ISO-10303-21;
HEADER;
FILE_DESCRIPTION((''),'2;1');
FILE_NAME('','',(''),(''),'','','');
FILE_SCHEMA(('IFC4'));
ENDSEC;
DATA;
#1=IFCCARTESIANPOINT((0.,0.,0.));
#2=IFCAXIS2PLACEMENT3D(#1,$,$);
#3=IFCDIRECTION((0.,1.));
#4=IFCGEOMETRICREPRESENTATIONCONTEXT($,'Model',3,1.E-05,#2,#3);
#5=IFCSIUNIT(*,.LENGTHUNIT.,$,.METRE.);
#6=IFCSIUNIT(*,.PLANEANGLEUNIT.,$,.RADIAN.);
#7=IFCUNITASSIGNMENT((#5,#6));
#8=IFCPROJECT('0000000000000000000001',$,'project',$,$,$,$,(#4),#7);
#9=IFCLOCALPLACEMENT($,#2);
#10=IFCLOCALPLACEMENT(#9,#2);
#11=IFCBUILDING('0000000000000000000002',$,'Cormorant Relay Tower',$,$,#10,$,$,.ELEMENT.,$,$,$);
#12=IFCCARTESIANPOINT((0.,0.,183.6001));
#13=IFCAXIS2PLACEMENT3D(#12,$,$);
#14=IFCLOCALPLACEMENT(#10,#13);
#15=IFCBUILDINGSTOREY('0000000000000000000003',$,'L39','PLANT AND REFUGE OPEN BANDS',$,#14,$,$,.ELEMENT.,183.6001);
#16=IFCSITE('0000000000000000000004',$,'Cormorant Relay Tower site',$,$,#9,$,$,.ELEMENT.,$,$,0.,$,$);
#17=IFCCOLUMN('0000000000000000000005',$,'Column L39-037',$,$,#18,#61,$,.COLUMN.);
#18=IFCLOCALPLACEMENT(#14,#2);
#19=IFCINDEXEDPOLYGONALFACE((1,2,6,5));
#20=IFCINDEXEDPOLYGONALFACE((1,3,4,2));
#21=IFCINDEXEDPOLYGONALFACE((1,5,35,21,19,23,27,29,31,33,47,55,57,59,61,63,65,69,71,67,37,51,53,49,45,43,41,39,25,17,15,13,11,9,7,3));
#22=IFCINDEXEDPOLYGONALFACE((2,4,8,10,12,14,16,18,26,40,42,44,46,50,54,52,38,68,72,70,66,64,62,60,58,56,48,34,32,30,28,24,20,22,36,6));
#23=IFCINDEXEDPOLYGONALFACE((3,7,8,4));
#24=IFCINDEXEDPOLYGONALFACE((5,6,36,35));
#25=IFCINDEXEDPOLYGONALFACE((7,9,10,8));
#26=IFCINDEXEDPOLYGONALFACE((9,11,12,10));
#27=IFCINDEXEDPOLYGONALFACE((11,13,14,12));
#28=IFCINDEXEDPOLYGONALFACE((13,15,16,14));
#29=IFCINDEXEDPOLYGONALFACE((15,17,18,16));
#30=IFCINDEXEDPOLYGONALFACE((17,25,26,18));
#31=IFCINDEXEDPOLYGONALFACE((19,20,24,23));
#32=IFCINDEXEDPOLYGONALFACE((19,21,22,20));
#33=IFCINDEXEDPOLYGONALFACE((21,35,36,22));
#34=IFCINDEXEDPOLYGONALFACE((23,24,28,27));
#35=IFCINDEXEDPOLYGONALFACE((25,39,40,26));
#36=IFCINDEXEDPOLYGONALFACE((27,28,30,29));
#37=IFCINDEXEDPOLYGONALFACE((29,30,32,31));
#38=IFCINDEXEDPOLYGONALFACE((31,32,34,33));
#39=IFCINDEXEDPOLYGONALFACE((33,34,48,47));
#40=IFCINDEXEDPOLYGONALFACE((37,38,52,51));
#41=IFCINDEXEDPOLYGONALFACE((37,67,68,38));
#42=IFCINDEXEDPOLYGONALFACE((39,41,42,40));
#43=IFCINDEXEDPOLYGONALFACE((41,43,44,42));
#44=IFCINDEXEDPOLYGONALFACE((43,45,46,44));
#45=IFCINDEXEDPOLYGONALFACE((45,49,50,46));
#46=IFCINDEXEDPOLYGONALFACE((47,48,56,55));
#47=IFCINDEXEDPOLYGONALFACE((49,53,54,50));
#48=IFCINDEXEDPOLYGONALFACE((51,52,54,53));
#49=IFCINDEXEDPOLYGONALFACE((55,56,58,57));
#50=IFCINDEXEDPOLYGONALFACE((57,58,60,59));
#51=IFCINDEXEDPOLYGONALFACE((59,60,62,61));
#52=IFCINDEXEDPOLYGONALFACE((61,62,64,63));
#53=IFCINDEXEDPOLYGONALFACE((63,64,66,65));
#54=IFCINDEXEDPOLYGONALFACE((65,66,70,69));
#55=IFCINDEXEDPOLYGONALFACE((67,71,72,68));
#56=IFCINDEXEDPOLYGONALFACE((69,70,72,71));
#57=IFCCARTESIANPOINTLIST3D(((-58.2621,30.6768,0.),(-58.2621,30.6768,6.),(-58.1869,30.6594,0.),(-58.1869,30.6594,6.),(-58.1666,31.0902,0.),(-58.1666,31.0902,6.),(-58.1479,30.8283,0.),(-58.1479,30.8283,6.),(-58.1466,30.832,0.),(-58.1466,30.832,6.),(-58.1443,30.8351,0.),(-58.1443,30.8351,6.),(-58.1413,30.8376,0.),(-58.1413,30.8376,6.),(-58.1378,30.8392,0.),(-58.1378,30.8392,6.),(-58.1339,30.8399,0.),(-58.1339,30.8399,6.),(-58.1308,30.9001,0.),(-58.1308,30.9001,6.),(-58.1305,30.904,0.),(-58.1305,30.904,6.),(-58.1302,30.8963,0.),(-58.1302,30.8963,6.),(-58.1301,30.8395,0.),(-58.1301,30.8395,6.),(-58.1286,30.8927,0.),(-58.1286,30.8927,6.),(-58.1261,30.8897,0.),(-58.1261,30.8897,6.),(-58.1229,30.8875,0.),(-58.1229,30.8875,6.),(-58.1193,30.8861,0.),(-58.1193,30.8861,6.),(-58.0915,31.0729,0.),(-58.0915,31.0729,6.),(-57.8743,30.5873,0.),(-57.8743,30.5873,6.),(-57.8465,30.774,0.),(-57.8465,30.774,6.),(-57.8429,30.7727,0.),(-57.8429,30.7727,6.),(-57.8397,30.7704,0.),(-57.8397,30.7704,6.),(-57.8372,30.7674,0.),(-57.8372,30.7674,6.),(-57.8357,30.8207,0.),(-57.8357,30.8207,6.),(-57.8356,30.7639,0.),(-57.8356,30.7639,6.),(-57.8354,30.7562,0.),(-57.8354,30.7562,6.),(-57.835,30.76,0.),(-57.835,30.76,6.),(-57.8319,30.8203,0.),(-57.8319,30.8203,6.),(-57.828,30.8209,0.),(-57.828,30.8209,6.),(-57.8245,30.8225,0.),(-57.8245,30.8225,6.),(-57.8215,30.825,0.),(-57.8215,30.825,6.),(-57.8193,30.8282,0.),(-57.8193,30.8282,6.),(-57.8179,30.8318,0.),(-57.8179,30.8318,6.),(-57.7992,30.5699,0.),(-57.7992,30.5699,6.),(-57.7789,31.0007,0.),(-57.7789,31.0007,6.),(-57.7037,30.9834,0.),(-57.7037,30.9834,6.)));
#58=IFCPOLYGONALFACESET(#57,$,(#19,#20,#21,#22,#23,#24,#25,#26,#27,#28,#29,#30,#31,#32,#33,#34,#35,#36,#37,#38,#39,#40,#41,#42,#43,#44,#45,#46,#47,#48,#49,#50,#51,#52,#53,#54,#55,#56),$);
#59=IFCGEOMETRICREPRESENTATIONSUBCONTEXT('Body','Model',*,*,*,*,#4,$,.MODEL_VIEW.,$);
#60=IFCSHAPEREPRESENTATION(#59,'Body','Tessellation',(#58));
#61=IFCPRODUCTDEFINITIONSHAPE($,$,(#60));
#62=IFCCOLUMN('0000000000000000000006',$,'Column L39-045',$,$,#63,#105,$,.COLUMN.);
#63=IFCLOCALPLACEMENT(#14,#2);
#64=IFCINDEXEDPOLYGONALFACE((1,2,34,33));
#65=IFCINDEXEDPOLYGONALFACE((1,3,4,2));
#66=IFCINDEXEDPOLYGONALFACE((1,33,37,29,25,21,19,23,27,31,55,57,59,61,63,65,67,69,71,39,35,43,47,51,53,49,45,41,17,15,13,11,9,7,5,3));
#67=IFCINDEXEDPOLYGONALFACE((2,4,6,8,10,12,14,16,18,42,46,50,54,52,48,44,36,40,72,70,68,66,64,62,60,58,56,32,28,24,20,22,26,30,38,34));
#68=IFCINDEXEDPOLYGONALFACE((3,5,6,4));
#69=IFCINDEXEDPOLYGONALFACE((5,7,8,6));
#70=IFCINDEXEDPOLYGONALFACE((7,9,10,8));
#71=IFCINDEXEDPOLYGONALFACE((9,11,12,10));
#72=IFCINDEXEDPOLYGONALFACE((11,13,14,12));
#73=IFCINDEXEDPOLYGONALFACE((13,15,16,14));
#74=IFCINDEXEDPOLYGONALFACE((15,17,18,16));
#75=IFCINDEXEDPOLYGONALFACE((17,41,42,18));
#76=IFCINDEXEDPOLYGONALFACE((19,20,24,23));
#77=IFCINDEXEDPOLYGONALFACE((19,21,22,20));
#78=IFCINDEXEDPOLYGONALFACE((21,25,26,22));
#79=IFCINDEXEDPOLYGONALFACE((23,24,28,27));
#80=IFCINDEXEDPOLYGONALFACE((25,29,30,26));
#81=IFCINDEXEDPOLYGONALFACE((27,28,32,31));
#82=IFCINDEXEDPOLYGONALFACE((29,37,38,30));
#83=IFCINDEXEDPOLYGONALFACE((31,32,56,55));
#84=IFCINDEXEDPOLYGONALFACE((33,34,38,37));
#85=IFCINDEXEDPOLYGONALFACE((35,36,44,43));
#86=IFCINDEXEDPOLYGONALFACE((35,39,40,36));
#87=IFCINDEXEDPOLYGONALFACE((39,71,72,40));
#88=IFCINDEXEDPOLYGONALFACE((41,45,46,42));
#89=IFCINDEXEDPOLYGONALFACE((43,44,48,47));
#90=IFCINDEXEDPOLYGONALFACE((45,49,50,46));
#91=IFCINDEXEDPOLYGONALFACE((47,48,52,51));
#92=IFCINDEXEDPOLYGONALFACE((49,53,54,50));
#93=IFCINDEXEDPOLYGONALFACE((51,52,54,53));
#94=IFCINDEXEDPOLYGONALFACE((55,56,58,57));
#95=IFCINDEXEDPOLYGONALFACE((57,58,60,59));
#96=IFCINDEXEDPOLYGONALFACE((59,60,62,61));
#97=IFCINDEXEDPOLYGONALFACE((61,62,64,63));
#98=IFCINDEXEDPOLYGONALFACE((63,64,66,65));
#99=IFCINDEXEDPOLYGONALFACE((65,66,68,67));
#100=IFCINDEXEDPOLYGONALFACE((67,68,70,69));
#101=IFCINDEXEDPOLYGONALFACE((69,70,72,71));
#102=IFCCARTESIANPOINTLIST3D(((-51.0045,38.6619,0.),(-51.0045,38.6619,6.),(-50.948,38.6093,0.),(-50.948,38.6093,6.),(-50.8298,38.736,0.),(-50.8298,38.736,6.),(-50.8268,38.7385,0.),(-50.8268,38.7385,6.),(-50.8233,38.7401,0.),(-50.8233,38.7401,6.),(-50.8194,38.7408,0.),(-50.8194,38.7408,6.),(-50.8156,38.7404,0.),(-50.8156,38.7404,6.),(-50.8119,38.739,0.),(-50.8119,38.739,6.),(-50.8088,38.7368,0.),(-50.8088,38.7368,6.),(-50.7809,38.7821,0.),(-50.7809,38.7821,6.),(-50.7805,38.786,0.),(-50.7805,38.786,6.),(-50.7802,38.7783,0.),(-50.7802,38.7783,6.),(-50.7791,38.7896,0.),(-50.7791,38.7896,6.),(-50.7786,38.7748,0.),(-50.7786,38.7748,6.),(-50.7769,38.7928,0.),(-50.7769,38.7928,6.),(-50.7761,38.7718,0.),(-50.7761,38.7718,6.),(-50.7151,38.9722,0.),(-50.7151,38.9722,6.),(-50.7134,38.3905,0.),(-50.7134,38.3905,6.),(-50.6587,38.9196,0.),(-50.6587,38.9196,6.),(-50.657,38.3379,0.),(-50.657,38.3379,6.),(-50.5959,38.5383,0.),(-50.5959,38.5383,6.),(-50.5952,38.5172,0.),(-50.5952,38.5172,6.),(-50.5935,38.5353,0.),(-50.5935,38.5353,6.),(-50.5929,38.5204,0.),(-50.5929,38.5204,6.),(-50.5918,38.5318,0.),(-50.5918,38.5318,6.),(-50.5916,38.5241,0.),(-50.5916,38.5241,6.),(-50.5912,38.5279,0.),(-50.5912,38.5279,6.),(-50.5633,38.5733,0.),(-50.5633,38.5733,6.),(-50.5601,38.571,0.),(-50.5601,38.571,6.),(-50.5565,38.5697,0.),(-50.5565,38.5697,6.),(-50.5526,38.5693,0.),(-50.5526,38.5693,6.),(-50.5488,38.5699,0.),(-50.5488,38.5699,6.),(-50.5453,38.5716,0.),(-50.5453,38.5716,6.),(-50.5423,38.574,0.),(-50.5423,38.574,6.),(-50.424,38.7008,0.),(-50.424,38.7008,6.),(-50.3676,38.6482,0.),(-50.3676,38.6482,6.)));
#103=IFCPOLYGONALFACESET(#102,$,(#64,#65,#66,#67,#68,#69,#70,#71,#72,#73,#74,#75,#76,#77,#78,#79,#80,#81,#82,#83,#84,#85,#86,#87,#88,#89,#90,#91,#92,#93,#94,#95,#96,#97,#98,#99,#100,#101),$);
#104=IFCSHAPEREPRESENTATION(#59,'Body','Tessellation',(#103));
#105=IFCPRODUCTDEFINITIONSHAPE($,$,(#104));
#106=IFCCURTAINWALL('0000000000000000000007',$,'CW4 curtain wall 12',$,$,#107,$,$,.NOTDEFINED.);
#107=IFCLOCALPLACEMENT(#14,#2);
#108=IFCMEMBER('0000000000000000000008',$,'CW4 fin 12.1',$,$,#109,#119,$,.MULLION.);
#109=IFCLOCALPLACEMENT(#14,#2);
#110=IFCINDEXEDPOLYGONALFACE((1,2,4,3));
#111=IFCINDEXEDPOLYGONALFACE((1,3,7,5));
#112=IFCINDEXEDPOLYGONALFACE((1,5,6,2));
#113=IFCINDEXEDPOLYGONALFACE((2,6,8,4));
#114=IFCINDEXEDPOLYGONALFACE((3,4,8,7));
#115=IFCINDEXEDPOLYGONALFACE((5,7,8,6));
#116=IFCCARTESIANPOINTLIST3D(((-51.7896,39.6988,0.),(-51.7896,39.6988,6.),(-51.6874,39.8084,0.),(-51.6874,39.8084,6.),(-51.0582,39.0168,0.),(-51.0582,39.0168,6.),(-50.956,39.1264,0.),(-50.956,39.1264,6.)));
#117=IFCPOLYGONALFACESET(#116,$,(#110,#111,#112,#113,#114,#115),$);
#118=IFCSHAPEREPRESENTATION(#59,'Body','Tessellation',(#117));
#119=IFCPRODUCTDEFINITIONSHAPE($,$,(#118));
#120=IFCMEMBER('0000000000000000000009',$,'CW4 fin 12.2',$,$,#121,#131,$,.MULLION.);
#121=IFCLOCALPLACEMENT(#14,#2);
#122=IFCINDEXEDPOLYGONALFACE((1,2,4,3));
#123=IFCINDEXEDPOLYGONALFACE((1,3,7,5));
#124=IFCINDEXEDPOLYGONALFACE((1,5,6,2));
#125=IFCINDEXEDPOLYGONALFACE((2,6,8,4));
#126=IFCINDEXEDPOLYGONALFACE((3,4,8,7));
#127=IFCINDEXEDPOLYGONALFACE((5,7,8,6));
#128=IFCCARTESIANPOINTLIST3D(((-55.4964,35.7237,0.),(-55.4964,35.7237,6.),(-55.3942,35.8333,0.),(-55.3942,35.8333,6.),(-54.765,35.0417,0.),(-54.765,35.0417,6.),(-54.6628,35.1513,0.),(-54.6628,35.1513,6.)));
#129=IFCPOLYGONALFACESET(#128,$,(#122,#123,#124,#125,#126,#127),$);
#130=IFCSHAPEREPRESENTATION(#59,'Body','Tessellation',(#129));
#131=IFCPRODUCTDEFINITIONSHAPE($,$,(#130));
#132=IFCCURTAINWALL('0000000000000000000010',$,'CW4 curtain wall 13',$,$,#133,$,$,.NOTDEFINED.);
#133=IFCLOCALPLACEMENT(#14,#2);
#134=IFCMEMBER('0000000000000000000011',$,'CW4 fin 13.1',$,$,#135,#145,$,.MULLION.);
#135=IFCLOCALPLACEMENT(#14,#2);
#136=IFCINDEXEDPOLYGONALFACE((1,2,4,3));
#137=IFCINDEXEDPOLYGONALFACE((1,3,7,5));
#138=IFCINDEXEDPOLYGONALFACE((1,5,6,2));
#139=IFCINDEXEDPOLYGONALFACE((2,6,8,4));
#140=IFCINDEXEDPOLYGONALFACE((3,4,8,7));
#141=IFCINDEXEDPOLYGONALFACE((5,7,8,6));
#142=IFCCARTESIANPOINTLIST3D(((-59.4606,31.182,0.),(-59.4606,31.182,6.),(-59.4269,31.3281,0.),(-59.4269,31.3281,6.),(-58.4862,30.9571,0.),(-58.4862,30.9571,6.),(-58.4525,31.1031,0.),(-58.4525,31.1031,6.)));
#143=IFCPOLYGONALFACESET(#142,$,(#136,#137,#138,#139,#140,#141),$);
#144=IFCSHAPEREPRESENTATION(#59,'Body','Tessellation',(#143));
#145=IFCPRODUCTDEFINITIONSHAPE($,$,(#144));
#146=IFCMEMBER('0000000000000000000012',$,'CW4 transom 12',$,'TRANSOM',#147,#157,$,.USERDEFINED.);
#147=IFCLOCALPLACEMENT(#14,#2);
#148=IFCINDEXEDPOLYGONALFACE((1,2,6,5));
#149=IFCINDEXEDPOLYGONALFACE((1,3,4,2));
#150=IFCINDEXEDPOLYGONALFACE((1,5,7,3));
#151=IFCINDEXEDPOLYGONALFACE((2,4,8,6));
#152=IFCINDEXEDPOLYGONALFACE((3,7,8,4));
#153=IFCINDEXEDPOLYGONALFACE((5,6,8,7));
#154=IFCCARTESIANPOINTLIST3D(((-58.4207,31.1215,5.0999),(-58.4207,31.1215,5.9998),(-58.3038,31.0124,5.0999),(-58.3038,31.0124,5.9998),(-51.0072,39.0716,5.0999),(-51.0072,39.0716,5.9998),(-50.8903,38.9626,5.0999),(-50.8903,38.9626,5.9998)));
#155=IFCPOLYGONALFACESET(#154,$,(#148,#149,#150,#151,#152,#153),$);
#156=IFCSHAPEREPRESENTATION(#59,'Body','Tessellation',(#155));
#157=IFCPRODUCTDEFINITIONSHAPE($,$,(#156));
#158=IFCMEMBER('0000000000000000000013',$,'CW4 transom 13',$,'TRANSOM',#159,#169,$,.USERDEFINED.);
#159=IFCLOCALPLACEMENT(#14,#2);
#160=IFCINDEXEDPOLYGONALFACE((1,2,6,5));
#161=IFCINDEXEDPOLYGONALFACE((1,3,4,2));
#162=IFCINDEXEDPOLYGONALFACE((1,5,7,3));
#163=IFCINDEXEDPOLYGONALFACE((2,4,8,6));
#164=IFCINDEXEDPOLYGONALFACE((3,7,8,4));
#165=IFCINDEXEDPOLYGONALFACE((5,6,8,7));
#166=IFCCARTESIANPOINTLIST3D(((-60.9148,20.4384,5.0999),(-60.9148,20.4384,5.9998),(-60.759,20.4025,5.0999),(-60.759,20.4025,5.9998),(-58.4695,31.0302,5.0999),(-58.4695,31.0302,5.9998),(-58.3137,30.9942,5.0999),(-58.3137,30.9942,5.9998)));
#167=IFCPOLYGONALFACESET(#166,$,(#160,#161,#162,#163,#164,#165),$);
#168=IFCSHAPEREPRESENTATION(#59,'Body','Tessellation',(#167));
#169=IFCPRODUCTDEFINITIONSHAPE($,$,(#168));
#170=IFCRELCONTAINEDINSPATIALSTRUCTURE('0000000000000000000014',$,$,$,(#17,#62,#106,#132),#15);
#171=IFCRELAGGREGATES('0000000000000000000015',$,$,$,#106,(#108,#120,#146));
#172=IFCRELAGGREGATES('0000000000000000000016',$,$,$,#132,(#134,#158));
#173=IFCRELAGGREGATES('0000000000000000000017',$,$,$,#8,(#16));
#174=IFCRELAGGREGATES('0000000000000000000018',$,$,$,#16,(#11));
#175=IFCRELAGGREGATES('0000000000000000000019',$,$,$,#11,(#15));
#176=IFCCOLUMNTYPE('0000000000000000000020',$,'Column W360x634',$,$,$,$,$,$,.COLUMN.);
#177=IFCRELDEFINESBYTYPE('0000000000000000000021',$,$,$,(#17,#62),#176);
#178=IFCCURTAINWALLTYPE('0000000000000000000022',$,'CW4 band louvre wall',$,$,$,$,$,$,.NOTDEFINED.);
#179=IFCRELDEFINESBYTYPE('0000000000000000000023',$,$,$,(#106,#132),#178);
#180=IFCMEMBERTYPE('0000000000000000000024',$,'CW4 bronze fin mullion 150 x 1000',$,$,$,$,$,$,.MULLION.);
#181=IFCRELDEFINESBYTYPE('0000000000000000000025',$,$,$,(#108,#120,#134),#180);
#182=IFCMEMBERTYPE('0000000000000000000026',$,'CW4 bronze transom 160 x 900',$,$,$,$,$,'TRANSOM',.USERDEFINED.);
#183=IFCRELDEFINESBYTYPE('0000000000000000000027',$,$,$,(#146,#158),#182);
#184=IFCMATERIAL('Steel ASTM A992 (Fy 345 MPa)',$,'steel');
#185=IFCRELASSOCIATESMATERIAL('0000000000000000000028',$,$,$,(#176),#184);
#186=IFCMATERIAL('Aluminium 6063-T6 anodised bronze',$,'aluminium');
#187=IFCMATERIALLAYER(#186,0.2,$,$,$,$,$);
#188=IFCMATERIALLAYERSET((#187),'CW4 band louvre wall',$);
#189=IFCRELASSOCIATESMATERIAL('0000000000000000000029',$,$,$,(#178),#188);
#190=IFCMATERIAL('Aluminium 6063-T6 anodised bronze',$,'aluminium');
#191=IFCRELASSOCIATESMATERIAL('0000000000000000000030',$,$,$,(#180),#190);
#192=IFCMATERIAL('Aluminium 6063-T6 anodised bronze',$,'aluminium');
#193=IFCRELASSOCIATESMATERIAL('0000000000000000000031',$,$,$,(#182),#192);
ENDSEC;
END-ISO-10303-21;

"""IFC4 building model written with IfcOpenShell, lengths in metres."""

from ifc_helpers import new_model, si_unit, direction, frame, origin, origin_2d, place, context, subcontext, project, spatial, rectangle, i_section, extrude, material, layer, layer_set, material_profile, profile_set, type_object, element, aggregate, save


model = new_model("IFC4")

# Units and contexts
model_context = context("Model", 3, precision=1e-05, world=origin(), true_north=direction((0.0, 1.0)))
body_context = subcontext(model_context, "Body", "Model", "MODEL_VIEW")
ifc_project = project(units=[si_unit("LENGTHUNIT", "METRE"), si_unit("PLANEANGLEUNIT", "RADIAN")], contexts=[model_context])

# Site, building, storey
site_placement = place(None, origin())
site = spatial("IfcSite", under=ifc_project, at=site_placement, Name="Cormorant Relay Tower site", CompositionType="ELEMENT", RefElevation=0.0)
building_placement = place(site_placement, origin())
building = spatial("IfcBuilding", under=site, at=building_placement, Name="Cormorant Relay Tower", CompositionType="ELEMENT")
storey_placement = place(building_placement, frame((0.0, 0.0, 183.6001)))
storey = spatial("IfcBuildingStorey", under=building, at=storey_placement, Name="L39", Description="PLANT AND REFUGE OPEN BANDS", CompositionType="ELEMENT", Elevation=183.6001)

# Columns
ifc_material_1 = material(Name="Steel ASTM A992 (Fy 345 MPa)", Category="steel")
ifc_material_profile_1 = material_profile(ifc_material_1, i_section(OverallWidth=0.4243, OverallDepth=0.4751, WebThickness=0.0479, FlangeThickness=0.0771, FilletRadius=0.0149, at=origin_2d()), Name="W360x634")
ifc_profile_set_1 = profile_set([ifc_material_profile_1], Name="Steel ASTM A992 (Fy 345 MPa)")
column_type = type_object("IfcColumnType", Name="Column W360x634", PredefinedType="COLUMN", material=ifc_profile_set_1)
for number, where, z_axis, x_axis, name in (
    (1, (-57.9829, 30.8301, 0.0), (0.0, 0.0, 1.0), (-0.224951, -0.97437, 0.0), "Column L39-037"),
    (2, (-50.686, 38.655, 0.0), (0.0, 0.0, 1.0), (-0.681998, -0.731354, 0.0), "Column L39-045"),
):
    element("IfcColumn", number, at=place(storey_placement, frame(where, z_axis=z_axis, x_axis=x_axis)), inside=storey, type_object=column_type, Name=name, PredefinedType="COLUMN", context=body_context, shape_type="SweptSolid", body=[
        extrude(i_section(OverallWidth=0.4243, OverallDepth=0.4751, WebThickness=0.0479, FlangeThickness=0.0771, FilletRadius=0.0149, at=origin_2d()), origin(), (0.0, 0.0, 1.0), 6.0),
    ])

# Curtain wall, members
ifc_material_2 = material(Name="Aluminium 6063-T6 anodised bronze", Category="aluminium")
ifc_layer_1 = layer(ifc_material_2, 0.2)
ifc_layer_set_1 = layer_set([ifc_layer_1], Name="CW4 band louvre wall")
curtain_wall_type = type_object("IfcCurtainWallType", Name="CW4 band louvre wall", PredefinedType="NOTDEFINED", material=ifc_layer_set_1)
curtain_wall_1_placement = place(storey_placement, origin())
curtain_wall_1 = element("IfcCurtainWall", 3, at=curtain_wall_1_placement, inside=storey, type_object=curtain_wall_type, Name="CW4 curtain wall 12", PredefinedType="NOTDEFINED")
ifc_material_3 = material(Name="Aluminium 6063-T6 anodised bronze", Category="aluminium")
ifc_material_profile_2 = material_profile(ifc_material_3, rectangle(XDim=0.1499, YDim=1.0, at=origin_2d()), Name="AL 150x1000")
ifc_profile_set_2 = profile_set([ifc_material_profile_2], Name="Aluminium 6063-T6 anodised bronze")
member_type_1 = type_object("IfcMemberType", Name="CW4 bronze fin mullion 150 x 1000", PredefinedType="MULLION", material=ifc_profile_set_2)
member_1_placement = place(storey_placement, frame((-51.3728, 39.4126, 0.0), z_axis=(0.0, 0.0, 1.0), x_axis=(-0.681998, -0.731354, 0.0)))
member_1 = element("IfcMember", 4, at=member_1_placement, type_object=member_type_1, Name="CW4 fin 12.1", PredefinedType="MULLION", context=body_context, shape_type="SweptSolid", body=[
    extrude(rectangle(XDim=0.1499, YDim=1.0, at=origin_2d()), origin(), (0.0, 0.0, 1.0), 6.0),
])
member_2_placement = place(storey_placement, frame((-55.0796, 35.4375, 0.0), z_axis=(0.0, 0.0, 1.0), x_axis=(-0.681998, -0.731354, 0.0)))
member_2 = element("IfcMember", 5, at=member_2_placement, type_object=member_type_1, Name="CW4 fin 12.2", PredefinedType="MULLION", context=body_context, shape_type="SweptSolid", body=[
    extrude(rectangle(XDim=0.1499, YDim=1.0, at=origin_2d()), origin(), (0.0, 0.0, 1.0), 6.0),
])

# Curtain wall, member
curtain_wall_2_placement = place(storey_placement, origin())
curtain_wall_2 = element("IfcCurtainWall", 6, at=curtain_wall_2_placement, inside=storey, type_object=curtain_wall_type, Name="CW4 curtain wall 13", PredefinedType="NOTDEFINED")
member_3_placement = place(storey_placement, frame((-58.9565, 31.1426, 0.0), z_axis=(0.0, 0.0, 1.0), x_axis=(-0.224951, -0.97437, 0.0)))
member_3 = element("IfcMember", 7, at=member_3_placement, type_object=member_type_1, Name="CW4 fin 13.1", PredefinedType="MULLION", context=body_context, shape_type="SweptSolid", body=[
    extrude(rectangle(XDim=0.1499, YDim=1.0, at=origin_2d()), origin(), (0.0, 0.0, 1.0), 6.0),
])

# Members
ifc_material_4 = material(Name="Aluminium 6063-T6 anodised bronze", Category="aluminium")
ifc_material_profile_3 = material_profile(ifc_material_4, rectangle(XDim=0.1599, YDim=0.8999, at=origin_2d()), Name="AL 160x900")
ifc_profile_set_3 = profile_set([ifc_material_profile_3], Name="Aluminium 6063-T6 anodised bronze")
member_type_2 = type_object("IfcMemberType", Name="CW4 bronze transom 160 x 900", ElementType="TRANSOM", PredefinedType="USERDEFINED", material=ifc_profile_set_3)
member_4_placement = place(storey_placement, frame((-50.9487, 39.0171, 5.5498), z_axis=(-0.681993, -0.731358, 0.0), x_axis=(0.731358, -0.681993, 0.0)))
member_4 = element("IfcMember", 8, at=member_4_placement, type_object=member_type_2, Name="CW4 transom 12", ObjectType="TRANSOM", PredefinedType="USERDEFINED", context=body_context, shape_type="SweptSolid", body=[
    extrude(rectangle(XDim=0.1599, YDim=0.8999, at=origin_2d()), origin(), (0.0, 0.0, 1.0), 10.8704),
])
member_5_placement = place(storey_placement, frame((-58.3916, 31.0122, 5.5498), z_axis=(-0.224951, -0.97437, 0.0), x_axis=(0.97437, -0.224951, 0.0)))
member_5 = element("IfcMember", 9, at=member_5_placement, type_object=member_type_2, Name="CW4 transom 13", ObjectType="TRANSOM", PredefinedType="USERDEFINED", context=body_context, shape_type="SweptSolid", body=[
    extrude(rectangle(XDim=0.1599, YDim=0.8999, at=origin_2d()), origin(), (0.0, 0.0, 1.0), 10.8704),
])

aggregate(curtain_wall_1, [member_1, member_2, member_4])
aggregate(curtain_wall_2, [member_3, member_5])

save(model, "model.ifc")
